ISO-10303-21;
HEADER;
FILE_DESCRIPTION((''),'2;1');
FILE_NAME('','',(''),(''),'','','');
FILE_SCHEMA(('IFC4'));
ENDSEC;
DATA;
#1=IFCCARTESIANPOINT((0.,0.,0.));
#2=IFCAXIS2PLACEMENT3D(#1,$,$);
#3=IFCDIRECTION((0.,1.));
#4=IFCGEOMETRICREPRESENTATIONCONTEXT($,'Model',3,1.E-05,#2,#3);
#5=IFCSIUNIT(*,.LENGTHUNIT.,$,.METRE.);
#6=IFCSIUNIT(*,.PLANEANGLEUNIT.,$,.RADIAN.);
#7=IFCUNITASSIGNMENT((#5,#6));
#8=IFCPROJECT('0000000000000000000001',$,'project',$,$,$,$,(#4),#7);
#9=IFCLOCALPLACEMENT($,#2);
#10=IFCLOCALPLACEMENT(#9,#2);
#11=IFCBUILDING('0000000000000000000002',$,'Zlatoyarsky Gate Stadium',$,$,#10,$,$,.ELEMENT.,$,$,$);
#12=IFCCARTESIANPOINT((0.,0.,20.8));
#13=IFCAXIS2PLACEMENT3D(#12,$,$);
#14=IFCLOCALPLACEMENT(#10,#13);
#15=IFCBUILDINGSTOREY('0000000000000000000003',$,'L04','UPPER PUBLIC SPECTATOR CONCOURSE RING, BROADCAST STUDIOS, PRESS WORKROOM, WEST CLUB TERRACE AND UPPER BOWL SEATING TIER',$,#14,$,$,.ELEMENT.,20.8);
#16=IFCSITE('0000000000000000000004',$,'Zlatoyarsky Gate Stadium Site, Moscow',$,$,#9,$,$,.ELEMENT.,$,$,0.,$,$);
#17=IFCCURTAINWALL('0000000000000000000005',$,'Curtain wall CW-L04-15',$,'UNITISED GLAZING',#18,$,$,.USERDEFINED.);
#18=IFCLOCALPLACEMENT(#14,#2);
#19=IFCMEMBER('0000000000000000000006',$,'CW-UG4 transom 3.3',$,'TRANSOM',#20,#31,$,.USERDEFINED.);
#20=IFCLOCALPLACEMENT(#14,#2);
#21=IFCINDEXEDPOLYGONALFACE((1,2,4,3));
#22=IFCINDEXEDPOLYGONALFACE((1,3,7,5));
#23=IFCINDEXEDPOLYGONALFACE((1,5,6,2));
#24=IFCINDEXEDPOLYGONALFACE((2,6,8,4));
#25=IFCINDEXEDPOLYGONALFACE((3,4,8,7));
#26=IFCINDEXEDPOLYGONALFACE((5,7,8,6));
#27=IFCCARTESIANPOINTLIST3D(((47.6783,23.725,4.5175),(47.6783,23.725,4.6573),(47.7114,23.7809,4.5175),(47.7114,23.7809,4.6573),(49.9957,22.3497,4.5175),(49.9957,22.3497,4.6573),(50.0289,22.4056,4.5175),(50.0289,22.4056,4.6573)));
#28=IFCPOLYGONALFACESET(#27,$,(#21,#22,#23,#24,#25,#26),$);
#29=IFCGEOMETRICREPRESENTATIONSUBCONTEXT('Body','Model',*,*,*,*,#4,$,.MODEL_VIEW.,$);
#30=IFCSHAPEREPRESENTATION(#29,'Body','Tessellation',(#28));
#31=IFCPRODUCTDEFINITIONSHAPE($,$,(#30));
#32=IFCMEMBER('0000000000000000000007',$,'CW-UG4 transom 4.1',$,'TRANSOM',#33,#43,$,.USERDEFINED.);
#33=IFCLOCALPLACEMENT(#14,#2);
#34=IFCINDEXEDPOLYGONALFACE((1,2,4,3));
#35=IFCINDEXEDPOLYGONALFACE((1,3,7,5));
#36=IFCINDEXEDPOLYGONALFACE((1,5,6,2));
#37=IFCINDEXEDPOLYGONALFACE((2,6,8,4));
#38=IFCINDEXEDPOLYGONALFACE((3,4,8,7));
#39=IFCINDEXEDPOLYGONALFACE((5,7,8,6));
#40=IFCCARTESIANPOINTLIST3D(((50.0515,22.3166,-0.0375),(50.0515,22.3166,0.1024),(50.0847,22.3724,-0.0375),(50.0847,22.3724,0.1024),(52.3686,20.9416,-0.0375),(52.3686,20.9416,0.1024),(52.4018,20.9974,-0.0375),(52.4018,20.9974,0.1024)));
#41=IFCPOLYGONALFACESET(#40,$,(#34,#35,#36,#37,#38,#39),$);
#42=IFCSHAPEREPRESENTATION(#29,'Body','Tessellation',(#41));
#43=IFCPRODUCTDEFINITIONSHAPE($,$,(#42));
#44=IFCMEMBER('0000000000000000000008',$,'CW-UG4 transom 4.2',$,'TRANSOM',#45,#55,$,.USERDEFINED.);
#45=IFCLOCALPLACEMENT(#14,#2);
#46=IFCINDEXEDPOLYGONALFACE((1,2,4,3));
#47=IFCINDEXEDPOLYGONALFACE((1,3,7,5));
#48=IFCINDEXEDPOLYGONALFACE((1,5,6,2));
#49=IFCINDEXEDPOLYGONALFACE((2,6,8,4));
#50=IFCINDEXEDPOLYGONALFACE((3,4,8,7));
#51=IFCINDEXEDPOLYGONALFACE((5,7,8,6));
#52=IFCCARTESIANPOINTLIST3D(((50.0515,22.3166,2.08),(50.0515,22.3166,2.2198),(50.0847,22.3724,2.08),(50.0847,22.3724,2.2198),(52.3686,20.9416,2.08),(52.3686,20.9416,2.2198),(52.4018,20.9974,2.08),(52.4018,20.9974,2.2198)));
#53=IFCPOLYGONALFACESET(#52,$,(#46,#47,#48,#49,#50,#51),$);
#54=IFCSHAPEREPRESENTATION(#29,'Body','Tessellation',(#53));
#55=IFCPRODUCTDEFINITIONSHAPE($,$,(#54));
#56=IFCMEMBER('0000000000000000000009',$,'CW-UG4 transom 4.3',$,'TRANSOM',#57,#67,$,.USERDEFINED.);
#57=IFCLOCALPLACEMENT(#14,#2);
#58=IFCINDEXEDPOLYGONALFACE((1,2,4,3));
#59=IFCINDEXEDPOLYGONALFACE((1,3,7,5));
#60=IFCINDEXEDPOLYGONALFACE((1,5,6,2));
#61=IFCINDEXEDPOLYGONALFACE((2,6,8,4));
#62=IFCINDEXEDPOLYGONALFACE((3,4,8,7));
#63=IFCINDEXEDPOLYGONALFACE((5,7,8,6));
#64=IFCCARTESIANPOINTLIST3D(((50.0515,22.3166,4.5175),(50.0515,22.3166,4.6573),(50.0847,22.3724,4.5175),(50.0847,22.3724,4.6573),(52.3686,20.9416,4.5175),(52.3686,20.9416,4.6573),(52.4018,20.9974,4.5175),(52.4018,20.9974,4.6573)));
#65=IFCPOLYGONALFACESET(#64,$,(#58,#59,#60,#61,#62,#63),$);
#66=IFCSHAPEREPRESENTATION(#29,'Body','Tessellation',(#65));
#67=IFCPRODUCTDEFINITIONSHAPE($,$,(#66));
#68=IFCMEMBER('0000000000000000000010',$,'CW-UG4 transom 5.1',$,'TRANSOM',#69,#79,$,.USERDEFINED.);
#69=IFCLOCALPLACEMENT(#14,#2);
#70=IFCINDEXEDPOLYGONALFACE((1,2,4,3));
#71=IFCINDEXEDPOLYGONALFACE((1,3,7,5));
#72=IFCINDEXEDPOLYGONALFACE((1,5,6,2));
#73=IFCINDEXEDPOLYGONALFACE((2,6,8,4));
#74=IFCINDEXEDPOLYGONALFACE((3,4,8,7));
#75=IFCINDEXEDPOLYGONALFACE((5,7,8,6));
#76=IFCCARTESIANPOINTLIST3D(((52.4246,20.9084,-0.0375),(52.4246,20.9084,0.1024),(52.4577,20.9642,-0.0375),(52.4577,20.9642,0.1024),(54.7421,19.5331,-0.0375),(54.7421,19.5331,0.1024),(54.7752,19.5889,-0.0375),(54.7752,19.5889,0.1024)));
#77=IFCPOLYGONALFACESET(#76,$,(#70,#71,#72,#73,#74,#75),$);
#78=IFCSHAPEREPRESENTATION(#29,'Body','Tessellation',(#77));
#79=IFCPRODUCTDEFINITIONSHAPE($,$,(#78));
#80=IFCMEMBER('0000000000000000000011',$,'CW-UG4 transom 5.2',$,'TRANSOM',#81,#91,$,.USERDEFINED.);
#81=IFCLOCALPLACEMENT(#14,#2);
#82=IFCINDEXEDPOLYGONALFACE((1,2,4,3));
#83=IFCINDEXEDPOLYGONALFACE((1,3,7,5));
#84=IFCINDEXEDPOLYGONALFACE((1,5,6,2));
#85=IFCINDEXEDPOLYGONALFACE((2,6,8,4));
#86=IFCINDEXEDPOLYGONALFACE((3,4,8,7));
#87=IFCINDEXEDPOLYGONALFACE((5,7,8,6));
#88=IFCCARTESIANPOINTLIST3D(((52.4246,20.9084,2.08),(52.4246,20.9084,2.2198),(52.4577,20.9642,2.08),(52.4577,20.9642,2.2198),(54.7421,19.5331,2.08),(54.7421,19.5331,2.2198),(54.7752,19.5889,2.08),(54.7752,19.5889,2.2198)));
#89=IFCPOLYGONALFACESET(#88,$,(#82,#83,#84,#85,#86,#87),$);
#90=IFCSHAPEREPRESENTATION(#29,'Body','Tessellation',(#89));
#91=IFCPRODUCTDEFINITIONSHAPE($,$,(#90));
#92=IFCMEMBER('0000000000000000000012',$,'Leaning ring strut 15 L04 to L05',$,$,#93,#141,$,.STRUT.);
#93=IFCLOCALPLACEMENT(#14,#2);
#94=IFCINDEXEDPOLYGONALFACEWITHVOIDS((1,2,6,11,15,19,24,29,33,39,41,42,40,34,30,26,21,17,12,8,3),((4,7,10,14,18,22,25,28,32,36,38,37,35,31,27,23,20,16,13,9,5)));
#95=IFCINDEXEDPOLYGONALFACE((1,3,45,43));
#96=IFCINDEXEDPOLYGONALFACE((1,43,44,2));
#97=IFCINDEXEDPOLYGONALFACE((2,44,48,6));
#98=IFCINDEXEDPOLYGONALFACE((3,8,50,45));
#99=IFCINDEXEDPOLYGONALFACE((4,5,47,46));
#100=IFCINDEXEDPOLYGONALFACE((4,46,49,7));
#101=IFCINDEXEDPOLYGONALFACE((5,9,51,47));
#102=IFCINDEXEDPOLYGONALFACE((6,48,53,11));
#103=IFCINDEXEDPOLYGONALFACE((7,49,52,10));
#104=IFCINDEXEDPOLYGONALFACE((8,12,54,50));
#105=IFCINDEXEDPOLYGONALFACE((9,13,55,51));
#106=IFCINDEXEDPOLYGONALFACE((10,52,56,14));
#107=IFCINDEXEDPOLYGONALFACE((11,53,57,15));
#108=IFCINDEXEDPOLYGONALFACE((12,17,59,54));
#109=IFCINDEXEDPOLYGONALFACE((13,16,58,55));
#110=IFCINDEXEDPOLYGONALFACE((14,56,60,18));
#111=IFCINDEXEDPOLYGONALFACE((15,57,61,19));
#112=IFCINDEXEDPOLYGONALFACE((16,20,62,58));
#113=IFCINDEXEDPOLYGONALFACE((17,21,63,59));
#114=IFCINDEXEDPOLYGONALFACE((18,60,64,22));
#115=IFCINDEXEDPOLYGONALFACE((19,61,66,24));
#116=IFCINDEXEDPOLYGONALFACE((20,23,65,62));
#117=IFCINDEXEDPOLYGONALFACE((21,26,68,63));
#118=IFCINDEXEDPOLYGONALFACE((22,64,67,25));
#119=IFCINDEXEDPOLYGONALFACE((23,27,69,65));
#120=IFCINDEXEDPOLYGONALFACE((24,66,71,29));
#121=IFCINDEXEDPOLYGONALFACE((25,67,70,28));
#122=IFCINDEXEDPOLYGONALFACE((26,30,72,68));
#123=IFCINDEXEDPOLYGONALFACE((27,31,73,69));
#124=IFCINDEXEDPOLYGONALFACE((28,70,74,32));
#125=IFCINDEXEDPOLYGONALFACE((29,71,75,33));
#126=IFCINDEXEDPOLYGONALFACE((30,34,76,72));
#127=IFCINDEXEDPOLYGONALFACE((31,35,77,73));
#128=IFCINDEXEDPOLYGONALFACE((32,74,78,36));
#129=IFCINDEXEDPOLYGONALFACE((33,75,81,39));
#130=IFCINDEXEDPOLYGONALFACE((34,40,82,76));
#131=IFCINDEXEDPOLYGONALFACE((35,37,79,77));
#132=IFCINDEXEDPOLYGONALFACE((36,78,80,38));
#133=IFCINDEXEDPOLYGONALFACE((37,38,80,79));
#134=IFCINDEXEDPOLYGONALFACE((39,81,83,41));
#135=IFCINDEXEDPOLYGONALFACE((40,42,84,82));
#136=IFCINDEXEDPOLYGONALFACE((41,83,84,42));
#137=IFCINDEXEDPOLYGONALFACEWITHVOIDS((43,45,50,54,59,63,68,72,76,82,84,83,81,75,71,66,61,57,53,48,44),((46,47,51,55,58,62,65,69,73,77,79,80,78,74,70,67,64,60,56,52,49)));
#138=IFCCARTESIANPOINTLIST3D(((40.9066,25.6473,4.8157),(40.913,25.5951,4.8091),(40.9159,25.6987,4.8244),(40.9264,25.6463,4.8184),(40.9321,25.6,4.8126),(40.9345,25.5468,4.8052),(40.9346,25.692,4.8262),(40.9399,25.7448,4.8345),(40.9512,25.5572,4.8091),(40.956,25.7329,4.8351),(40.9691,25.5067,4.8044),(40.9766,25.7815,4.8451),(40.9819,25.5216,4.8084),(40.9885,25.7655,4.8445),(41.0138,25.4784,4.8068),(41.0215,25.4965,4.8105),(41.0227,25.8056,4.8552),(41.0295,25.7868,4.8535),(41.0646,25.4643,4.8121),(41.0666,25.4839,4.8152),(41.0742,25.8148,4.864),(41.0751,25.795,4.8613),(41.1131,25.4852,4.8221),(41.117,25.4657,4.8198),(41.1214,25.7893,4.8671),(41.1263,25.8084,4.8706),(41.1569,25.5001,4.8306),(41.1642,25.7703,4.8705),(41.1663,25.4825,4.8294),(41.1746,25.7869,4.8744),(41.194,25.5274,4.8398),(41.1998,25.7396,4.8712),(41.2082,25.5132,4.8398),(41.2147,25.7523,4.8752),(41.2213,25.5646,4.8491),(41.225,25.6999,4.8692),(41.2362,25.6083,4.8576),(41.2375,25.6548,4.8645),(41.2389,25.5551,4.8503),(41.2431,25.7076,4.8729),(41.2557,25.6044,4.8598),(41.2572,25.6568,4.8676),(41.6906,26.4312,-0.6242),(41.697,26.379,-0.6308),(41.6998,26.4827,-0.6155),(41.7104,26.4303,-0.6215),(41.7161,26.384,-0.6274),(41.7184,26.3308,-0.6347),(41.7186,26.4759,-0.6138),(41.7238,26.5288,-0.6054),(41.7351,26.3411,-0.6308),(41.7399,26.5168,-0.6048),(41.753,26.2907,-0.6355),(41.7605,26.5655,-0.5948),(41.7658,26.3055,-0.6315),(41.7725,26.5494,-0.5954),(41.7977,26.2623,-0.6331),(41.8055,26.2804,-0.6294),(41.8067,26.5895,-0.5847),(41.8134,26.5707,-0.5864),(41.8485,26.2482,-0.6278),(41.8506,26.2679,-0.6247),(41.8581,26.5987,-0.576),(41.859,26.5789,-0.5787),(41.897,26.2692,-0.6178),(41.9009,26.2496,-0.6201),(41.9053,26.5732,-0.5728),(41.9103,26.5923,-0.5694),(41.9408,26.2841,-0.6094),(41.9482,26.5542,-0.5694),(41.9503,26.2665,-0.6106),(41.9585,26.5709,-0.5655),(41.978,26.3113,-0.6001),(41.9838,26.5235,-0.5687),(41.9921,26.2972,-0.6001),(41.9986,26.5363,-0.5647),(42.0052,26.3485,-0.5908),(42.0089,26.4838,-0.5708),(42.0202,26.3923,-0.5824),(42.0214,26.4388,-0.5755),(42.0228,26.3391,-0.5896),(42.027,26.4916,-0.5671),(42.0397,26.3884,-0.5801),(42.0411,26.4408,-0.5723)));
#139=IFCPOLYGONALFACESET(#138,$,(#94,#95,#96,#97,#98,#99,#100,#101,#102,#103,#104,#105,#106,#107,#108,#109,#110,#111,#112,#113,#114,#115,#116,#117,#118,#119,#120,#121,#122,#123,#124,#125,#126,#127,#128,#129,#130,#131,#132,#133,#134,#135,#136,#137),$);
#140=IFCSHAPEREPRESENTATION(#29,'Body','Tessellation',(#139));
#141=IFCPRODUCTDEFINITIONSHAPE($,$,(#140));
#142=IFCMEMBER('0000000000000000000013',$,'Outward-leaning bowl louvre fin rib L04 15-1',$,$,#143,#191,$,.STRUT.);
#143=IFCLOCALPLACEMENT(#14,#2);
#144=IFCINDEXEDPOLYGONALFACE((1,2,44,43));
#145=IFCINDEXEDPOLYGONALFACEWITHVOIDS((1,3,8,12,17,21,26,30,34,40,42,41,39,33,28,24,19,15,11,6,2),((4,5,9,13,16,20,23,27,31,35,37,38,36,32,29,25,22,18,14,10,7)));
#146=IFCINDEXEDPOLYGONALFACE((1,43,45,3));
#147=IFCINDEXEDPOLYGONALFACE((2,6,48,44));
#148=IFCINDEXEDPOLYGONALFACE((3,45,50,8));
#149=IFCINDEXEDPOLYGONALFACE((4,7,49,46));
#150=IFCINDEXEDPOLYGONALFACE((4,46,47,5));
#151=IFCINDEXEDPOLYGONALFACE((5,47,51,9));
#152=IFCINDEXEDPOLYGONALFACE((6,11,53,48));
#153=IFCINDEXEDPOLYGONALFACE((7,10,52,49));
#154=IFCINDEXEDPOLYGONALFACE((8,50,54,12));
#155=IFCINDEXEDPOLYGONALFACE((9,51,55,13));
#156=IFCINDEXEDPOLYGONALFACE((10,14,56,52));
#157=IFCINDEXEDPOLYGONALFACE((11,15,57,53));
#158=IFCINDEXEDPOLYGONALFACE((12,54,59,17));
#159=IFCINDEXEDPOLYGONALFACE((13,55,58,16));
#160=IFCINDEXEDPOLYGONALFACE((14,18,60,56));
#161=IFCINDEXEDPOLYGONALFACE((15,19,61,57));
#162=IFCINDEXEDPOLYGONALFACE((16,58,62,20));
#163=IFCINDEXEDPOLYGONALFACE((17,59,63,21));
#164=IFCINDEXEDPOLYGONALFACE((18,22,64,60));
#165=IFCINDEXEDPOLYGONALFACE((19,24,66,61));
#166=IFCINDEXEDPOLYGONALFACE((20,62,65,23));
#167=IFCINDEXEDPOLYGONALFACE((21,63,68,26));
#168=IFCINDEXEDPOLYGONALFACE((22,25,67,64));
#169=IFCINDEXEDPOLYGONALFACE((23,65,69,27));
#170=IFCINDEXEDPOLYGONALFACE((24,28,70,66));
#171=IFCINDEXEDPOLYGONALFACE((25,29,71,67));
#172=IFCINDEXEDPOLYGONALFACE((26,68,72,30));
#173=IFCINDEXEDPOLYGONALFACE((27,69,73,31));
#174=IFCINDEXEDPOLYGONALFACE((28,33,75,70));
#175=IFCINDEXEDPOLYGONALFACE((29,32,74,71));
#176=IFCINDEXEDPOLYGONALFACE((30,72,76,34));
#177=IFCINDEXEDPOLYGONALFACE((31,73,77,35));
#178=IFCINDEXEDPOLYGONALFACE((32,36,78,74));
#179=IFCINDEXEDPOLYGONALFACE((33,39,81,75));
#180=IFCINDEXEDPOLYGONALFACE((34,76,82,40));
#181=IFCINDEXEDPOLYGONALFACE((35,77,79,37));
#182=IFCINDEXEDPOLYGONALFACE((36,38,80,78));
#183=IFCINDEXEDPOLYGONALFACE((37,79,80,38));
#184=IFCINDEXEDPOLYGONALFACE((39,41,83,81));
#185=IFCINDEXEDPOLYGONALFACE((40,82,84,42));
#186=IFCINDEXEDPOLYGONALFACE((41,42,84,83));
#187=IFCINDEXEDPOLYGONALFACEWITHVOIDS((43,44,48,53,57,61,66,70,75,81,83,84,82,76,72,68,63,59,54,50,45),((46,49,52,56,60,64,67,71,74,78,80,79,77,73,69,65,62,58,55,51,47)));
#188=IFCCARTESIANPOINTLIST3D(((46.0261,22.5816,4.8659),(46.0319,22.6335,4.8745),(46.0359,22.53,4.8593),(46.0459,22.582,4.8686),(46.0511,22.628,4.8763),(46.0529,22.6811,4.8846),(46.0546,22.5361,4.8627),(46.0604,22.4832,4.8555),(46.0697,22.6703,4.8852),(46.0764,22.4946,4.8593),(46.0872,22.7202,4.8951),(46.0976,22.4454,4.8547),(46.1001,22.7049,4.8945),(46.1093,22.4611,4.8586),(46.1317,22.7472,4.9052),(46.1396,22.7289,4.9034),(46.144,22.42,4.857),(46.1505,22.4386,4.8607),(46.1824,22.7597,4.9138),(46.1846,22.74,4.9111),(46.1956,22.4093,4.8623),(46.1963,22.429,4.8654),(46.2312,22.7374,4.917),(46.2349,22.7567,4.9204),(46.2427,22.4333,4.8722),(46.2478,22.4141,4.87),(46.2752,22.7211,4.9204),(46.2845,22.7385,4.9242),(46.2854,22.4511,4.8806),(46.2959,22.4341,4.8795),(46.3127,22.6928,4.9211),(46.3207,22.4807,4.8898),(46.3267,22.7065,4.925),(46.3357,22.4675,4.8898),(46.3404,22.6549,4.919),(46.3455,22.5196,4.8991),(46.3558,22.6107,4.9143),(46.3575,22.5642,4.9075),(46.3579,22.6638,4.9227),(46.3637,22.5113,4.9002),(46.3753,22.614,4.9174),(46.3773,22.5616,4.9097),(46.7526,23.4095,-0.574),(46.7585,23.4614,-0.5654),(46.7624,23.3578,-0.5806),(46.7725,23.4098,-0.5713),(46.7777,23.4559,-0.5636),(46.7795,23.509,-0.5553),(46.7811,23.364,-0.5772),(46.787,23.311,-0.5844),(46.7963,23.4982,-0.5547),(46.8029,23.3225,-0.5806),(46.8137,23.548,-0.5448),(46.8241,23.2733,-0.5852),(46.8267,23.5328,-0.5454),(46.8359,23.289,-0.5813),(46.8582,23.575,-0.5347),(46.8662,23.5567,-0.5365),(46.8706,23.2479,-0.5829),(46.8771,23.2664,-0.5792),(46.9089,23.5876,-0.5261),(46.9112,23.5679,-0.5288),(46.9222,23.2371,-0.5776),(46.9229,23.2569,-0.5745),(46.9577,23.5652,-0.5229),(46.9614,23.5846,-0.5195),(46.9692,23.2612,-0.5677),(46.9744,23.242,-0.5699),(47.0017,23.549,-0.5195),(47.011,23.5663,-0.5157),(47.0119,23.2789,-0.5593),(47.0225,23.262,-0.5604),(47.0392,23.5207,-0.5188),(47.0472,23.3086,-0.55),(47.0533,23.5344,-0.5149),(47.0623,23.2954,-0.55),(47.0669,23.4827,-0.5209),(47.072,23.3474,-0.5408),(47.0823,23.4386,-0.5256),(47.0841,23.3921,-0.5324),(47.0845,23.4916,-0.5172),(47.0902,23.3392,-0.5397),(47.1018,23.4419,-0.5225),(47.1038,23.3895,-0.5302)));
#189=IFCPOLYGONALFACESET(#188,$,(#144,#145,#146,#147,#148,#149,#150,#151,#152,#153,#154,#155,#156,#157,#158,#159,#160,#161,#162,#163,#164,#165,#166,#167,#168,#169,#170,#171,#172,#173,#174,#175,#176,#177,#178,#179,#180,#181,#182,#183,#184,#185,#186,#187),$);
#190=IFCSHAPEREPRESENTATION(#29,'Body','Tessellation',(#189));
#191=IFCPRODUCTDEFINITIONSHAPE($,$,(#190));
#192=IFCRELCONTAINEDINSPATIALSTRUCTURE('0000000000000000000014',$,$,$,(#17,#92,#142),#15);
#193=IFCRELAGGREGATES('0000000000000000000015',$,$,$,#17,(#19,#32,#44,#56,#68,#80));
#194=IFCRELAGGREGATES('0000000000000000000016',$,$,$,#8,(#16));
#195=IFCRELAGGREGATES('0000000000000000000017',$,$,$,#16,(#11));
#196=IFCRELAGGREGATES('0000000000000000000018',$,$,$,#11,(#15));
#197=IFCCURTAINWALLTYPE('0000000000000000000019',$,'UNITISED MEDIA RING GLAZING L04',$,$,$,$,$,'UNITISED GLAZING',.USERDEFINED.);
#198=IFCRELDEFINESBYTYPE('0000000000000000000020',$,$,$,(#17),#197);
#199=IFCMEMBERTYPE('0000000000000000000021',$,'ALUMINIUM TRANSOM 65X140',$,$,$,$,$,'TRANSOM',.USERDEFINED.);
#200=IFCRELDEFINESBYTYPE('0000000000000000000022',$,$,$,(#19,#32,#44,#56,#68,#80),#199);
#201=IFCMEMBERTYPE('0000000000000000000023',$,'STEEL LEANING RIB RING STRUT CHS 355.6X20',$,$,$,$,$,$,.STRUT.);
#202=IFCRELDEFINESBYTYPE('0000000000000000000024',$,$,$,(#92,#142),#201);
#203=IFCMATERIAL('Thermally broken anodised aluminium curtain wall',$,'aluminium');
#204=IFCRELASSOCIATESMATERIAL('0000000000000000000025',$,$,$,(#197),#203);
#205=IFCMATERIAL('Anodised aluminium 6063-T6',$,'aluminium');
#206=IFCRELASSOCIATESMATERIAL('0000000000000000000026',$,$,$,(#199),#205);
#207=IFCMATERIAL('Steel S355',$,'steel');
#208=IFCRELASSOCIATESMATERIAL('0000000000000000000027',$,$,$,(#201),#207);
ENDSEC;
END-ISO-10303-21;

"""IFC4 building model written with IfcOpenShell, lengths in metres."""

from ifc_helpers import new_model, si_unit, direction, frame, origin, origin_2d, place, context, subcontext, project, spatial, rectangle, hollow_circle, extrude, material, material_profile, profile_set, type_object, element, aggregate, save


model = new_model("IFC4")

# Units and contexts
model_context = context("Model", 3, precision=1e-05, world=origin(), true_north=direction((0.0, 1.0)))
body_context = subcontext(model_context, "Body", "Model", "MODEL_VIEW")
ifc_project = project(units=[si_unit("LENGTHUNIT", "METRE"), si_unit("PLANEANGLEUNIT", "RADIAN")], contexts=[model_context])

# Site, building, storey
site_placement = place(None, origin())
site = spatial("IfcSite", under=ifc_project, at=site_placement, Name="Zlatoyarsky Gate Stadium Site, Moscow", CompositionType="ELEMENT", RefElevation=0.0)
building_placement = place(site_placement, origin())
building = spatial("IfcBuilding", under=site, at=building_placement, Name="Zlatoyarsky Gate Stadium", CompositionType="ELEMENT")
storey_placement = place(building_placement, frame((0.0, 0.0, 20.8)))
storey = spatial("IfcBuildingStorey", under=building, at=storey_placement, Name="L04", Description="UPPER PUBLIC SPECTATOR CONCOURSE RING, BROADCAST STUDIOS, PRESS WORKROOM, WEST CLUB TERRACE AND UPPER BOWL SEATING TIER", CompositionType="ELEMENT", Elevation=20.8)

# Shared definitions
ifc_material_1 = material(Name="Thermally broken anodised aluminium curtain wall", Category="aluminium")
curtain_wall_type = type_object("IfcCurtainWallType", Name="UNITISED MEDIA RING GLAZING L04", ElementType="UNITISED GLAZING", PredefinedType="USERDEFINED", material=ifc_material_1)
ifc_material_2 = material(Name="Anodised aluminium 6063-T6", Category="aluminium")

# Curtain wall, members
curtain_wall_1_placement = place(storey_placement, origin())
curtain_wall_1 = element("IfcCurtainWall", 1, at=curtain_wall_1_placement, inside=storey, type_object=curtain_wall_type, Name="Curtain wall CW-L04-15", ObjectType="UNITISED GLAZING", PredefinedType="USERDEFINED")
ifc_material_profile_1 = material_profile(ifc_material_2, rectangle(XDim=0.0649, YDim=0.1399, at=origin_2d()), Name="ALU 65X140")
ifc_profile_set_1 = profile_set([ifc_material_profile_1], Name="Anodised aluminium 6063-T6")
member_type_1 = type_object("IfcMemberType", Name="ALUMINIUM TRANSOM 65X140", ElementType="TRANSOM", PredefinedType="USERDEFINED", material=ifc_profile_set_1)
member_1_placement = place(storey_placement, frame((47.6948, 23.7529, 4.5874), z_axis=(0.859969, -0.510346, 0.0), x_axis=(0.510346, 0.859969, 0.0)))
member_1 = element("IfcMember", 2, at=member_1_placement, type_object=member_type_1, Name="CW-UG4 transom 3.3", ObjectType="TRANSOM", PredefinedType="USERDEFINED", context=body_context, shape_type="SweptSolid", body=[
    extrude(rectangle(XDim=0.0649, YDim=0.1399, at=origin_2d()), origin(), (0.0, 0.0, 1.0), 2.6948),
])
member_2_placement = place(storey_placement, frame((50.0681, 22.3445, 0.0325), z_axis=(0.859985, -0.510319, 0.0), x_axis=(0.510319, 0.859985, 0.0)))
member_2 = element("IfcMember", 3, at=member_2_placement, type_object=member_type_1, Name="CW-UG4 transom 4.1", ObjectType="TRANSOM", PredefinedType="USERDEFINED", context=body_context, shape_type="SweptSolid", body=[
    extrude(rectangle(XDim=0.0649, YDim=0.1399, at=origin_2d()), origin(), (0.0, 0.0, 1.0), 2.6943),
])
member_3_placement = place(storey_placement, frame((50.0681, 22.3445, 2.1499), z_axis=(0.859985, -0.510319, 0.0), x_axis=(0.510319, 0.859985, 0.0)))
member_3 = element("IfcMember", 4, at=member_3_placement, type_object=member_type_1, Name="CW-UG4 transom 4.2", ObjectType="TRANSOM", PredefinedType="USERDEFINED", context=body_context, shape_type="SweptSolid", body=[
    extrude(rectangle(XDim=0.0649, YDim=0.1399, at=origin_2d()), origin(), (0.0, 0.0, 1.0), 2.6943),
])
member_4_placement = place(storey_placement, frame((50.0681, 22.3445, 4.5874), z_axis=(0.859985, -0.510319, 0.0), x_axis=(0.510319, 0.859985, 0.0)))
member_4 = element("IfcMember", 5, at=member_4_placement, type_object=member_type_1, Name="CW-UG4 transom 4.3", ObjectType="TRANSOM", PredefinedType="USERDEFINED", context=body_context, shape_type="SweptSolid", body=[
    extrude(rectangle(XDim=0.0649, YDim=0.1399, at=origin_2d()), origin(), (0.0, 0.0, 1.0), 2.6943),
])
member_5_placement = place(storey_placement, frame((52.4412, 20.9363, 0.0325), z_axis=(0.859969, -0.510346, 0.0), x_axis=(0.510346, 0.859969, 0.0)))
member_5 = element("IfcMember", 6, at=member_5_placement, type_object=member_type_1, Name="CW-UG4 transom 5.1", ObjectType="TRANSOM", PredefinedType="USERDEFINED", context=body_context, shape_type="SweptSolid", body=[
    extrude(rectangle(XDim=0.0649, YDim=0.1399, at=origin_2d()), origin(), (0.0, 0.0, 1.0), 2.6948),
])
member_6_placement = place(storey_placement, frame((52.4412, 20.9363, 2.1499), z_axis=(0.859969, -0.510346, 0.0), x_axis=(0.510346, 0.859969, 0.0)))
member_6 = element("IfcMember", 7, at=member_6_placement, type_object=member_type_1, Name="CW-UG4 transom 5.2", ObjectType="TRANSOM", PredefinedType="USERDEFINED", context=body_context, shape_type="SweptSolid", body=[
    extrude(rectangle(XDim=0.0649, YDim=0.1399, at=origin_2d()), origin(), (0.0, 0.0, 1.0), 2.6948),
])

# Members
ifc_material_3 = material(Name="Steel S355", Category="steel")
ifc_material_profile_2 = material_profile(ifc_material_3, hollow_circle(Radius=0.1777, WallThickness=0.02, at=origin_2d()), Name="CHS 355.6X20")
ifc_profile_set_2 = profile_set([ifc_material_profile_2], Name="Steel S355")
member_type_2 = type_object("IfcMemberType", Name="STEEL LEANING RIB RING STRUT CHS 355.6X20", PredefinedType="STRUT", material=ifc_profile_set_2)
member_7_placement = place(storey_placement, frame((41.8665, 26.4229, -0.6001), z_axis=(-0.141205, -0.141205, 0.979858), x_axis=(0.707107, -0.707107, 0.0)))
element("IfcMember", 8, at=member_7_placement, inside=storey, type_object=member_type_2, Name="Leaning ring strut 15 L04 to L05", PredefinedType="STRUT", context=body_context, shape_type="SweptSolid", body=[
    extrude(hollow_circle(Radius=0.1777, WallThickness=0.02, at=origin_2d()), origin(), (0.0, 0.0, 1.0), 5.5518),
])
member_8_placement = place(storey_placement, frame((46.9287, 23.4126, -0.55), z_axis=(-0.130904, -0.149159, 0.98011), x_axis=(0.751601, -0.659618, 0.0)))
element("IfcMember", 9, at=member_8_placement, inside=storey, type_object=member_type_2, Name="Outward-leaning bowl louvre fin rib L04 15-1", PredefinedType="STRUT", context=body_context, shape_type="SweptSolid", body=[
    extrude(hollow_circle(Radius=0.1777, WallThickness=0.02, at=origin_2d()), origin(), (0.0, 0.0, 1.0), 5.5503),
])

aggregate(curtain_wall_1, [member_1, member_2, member_3, member_4, member_5, member_6])

save(model, "model.ifc")
